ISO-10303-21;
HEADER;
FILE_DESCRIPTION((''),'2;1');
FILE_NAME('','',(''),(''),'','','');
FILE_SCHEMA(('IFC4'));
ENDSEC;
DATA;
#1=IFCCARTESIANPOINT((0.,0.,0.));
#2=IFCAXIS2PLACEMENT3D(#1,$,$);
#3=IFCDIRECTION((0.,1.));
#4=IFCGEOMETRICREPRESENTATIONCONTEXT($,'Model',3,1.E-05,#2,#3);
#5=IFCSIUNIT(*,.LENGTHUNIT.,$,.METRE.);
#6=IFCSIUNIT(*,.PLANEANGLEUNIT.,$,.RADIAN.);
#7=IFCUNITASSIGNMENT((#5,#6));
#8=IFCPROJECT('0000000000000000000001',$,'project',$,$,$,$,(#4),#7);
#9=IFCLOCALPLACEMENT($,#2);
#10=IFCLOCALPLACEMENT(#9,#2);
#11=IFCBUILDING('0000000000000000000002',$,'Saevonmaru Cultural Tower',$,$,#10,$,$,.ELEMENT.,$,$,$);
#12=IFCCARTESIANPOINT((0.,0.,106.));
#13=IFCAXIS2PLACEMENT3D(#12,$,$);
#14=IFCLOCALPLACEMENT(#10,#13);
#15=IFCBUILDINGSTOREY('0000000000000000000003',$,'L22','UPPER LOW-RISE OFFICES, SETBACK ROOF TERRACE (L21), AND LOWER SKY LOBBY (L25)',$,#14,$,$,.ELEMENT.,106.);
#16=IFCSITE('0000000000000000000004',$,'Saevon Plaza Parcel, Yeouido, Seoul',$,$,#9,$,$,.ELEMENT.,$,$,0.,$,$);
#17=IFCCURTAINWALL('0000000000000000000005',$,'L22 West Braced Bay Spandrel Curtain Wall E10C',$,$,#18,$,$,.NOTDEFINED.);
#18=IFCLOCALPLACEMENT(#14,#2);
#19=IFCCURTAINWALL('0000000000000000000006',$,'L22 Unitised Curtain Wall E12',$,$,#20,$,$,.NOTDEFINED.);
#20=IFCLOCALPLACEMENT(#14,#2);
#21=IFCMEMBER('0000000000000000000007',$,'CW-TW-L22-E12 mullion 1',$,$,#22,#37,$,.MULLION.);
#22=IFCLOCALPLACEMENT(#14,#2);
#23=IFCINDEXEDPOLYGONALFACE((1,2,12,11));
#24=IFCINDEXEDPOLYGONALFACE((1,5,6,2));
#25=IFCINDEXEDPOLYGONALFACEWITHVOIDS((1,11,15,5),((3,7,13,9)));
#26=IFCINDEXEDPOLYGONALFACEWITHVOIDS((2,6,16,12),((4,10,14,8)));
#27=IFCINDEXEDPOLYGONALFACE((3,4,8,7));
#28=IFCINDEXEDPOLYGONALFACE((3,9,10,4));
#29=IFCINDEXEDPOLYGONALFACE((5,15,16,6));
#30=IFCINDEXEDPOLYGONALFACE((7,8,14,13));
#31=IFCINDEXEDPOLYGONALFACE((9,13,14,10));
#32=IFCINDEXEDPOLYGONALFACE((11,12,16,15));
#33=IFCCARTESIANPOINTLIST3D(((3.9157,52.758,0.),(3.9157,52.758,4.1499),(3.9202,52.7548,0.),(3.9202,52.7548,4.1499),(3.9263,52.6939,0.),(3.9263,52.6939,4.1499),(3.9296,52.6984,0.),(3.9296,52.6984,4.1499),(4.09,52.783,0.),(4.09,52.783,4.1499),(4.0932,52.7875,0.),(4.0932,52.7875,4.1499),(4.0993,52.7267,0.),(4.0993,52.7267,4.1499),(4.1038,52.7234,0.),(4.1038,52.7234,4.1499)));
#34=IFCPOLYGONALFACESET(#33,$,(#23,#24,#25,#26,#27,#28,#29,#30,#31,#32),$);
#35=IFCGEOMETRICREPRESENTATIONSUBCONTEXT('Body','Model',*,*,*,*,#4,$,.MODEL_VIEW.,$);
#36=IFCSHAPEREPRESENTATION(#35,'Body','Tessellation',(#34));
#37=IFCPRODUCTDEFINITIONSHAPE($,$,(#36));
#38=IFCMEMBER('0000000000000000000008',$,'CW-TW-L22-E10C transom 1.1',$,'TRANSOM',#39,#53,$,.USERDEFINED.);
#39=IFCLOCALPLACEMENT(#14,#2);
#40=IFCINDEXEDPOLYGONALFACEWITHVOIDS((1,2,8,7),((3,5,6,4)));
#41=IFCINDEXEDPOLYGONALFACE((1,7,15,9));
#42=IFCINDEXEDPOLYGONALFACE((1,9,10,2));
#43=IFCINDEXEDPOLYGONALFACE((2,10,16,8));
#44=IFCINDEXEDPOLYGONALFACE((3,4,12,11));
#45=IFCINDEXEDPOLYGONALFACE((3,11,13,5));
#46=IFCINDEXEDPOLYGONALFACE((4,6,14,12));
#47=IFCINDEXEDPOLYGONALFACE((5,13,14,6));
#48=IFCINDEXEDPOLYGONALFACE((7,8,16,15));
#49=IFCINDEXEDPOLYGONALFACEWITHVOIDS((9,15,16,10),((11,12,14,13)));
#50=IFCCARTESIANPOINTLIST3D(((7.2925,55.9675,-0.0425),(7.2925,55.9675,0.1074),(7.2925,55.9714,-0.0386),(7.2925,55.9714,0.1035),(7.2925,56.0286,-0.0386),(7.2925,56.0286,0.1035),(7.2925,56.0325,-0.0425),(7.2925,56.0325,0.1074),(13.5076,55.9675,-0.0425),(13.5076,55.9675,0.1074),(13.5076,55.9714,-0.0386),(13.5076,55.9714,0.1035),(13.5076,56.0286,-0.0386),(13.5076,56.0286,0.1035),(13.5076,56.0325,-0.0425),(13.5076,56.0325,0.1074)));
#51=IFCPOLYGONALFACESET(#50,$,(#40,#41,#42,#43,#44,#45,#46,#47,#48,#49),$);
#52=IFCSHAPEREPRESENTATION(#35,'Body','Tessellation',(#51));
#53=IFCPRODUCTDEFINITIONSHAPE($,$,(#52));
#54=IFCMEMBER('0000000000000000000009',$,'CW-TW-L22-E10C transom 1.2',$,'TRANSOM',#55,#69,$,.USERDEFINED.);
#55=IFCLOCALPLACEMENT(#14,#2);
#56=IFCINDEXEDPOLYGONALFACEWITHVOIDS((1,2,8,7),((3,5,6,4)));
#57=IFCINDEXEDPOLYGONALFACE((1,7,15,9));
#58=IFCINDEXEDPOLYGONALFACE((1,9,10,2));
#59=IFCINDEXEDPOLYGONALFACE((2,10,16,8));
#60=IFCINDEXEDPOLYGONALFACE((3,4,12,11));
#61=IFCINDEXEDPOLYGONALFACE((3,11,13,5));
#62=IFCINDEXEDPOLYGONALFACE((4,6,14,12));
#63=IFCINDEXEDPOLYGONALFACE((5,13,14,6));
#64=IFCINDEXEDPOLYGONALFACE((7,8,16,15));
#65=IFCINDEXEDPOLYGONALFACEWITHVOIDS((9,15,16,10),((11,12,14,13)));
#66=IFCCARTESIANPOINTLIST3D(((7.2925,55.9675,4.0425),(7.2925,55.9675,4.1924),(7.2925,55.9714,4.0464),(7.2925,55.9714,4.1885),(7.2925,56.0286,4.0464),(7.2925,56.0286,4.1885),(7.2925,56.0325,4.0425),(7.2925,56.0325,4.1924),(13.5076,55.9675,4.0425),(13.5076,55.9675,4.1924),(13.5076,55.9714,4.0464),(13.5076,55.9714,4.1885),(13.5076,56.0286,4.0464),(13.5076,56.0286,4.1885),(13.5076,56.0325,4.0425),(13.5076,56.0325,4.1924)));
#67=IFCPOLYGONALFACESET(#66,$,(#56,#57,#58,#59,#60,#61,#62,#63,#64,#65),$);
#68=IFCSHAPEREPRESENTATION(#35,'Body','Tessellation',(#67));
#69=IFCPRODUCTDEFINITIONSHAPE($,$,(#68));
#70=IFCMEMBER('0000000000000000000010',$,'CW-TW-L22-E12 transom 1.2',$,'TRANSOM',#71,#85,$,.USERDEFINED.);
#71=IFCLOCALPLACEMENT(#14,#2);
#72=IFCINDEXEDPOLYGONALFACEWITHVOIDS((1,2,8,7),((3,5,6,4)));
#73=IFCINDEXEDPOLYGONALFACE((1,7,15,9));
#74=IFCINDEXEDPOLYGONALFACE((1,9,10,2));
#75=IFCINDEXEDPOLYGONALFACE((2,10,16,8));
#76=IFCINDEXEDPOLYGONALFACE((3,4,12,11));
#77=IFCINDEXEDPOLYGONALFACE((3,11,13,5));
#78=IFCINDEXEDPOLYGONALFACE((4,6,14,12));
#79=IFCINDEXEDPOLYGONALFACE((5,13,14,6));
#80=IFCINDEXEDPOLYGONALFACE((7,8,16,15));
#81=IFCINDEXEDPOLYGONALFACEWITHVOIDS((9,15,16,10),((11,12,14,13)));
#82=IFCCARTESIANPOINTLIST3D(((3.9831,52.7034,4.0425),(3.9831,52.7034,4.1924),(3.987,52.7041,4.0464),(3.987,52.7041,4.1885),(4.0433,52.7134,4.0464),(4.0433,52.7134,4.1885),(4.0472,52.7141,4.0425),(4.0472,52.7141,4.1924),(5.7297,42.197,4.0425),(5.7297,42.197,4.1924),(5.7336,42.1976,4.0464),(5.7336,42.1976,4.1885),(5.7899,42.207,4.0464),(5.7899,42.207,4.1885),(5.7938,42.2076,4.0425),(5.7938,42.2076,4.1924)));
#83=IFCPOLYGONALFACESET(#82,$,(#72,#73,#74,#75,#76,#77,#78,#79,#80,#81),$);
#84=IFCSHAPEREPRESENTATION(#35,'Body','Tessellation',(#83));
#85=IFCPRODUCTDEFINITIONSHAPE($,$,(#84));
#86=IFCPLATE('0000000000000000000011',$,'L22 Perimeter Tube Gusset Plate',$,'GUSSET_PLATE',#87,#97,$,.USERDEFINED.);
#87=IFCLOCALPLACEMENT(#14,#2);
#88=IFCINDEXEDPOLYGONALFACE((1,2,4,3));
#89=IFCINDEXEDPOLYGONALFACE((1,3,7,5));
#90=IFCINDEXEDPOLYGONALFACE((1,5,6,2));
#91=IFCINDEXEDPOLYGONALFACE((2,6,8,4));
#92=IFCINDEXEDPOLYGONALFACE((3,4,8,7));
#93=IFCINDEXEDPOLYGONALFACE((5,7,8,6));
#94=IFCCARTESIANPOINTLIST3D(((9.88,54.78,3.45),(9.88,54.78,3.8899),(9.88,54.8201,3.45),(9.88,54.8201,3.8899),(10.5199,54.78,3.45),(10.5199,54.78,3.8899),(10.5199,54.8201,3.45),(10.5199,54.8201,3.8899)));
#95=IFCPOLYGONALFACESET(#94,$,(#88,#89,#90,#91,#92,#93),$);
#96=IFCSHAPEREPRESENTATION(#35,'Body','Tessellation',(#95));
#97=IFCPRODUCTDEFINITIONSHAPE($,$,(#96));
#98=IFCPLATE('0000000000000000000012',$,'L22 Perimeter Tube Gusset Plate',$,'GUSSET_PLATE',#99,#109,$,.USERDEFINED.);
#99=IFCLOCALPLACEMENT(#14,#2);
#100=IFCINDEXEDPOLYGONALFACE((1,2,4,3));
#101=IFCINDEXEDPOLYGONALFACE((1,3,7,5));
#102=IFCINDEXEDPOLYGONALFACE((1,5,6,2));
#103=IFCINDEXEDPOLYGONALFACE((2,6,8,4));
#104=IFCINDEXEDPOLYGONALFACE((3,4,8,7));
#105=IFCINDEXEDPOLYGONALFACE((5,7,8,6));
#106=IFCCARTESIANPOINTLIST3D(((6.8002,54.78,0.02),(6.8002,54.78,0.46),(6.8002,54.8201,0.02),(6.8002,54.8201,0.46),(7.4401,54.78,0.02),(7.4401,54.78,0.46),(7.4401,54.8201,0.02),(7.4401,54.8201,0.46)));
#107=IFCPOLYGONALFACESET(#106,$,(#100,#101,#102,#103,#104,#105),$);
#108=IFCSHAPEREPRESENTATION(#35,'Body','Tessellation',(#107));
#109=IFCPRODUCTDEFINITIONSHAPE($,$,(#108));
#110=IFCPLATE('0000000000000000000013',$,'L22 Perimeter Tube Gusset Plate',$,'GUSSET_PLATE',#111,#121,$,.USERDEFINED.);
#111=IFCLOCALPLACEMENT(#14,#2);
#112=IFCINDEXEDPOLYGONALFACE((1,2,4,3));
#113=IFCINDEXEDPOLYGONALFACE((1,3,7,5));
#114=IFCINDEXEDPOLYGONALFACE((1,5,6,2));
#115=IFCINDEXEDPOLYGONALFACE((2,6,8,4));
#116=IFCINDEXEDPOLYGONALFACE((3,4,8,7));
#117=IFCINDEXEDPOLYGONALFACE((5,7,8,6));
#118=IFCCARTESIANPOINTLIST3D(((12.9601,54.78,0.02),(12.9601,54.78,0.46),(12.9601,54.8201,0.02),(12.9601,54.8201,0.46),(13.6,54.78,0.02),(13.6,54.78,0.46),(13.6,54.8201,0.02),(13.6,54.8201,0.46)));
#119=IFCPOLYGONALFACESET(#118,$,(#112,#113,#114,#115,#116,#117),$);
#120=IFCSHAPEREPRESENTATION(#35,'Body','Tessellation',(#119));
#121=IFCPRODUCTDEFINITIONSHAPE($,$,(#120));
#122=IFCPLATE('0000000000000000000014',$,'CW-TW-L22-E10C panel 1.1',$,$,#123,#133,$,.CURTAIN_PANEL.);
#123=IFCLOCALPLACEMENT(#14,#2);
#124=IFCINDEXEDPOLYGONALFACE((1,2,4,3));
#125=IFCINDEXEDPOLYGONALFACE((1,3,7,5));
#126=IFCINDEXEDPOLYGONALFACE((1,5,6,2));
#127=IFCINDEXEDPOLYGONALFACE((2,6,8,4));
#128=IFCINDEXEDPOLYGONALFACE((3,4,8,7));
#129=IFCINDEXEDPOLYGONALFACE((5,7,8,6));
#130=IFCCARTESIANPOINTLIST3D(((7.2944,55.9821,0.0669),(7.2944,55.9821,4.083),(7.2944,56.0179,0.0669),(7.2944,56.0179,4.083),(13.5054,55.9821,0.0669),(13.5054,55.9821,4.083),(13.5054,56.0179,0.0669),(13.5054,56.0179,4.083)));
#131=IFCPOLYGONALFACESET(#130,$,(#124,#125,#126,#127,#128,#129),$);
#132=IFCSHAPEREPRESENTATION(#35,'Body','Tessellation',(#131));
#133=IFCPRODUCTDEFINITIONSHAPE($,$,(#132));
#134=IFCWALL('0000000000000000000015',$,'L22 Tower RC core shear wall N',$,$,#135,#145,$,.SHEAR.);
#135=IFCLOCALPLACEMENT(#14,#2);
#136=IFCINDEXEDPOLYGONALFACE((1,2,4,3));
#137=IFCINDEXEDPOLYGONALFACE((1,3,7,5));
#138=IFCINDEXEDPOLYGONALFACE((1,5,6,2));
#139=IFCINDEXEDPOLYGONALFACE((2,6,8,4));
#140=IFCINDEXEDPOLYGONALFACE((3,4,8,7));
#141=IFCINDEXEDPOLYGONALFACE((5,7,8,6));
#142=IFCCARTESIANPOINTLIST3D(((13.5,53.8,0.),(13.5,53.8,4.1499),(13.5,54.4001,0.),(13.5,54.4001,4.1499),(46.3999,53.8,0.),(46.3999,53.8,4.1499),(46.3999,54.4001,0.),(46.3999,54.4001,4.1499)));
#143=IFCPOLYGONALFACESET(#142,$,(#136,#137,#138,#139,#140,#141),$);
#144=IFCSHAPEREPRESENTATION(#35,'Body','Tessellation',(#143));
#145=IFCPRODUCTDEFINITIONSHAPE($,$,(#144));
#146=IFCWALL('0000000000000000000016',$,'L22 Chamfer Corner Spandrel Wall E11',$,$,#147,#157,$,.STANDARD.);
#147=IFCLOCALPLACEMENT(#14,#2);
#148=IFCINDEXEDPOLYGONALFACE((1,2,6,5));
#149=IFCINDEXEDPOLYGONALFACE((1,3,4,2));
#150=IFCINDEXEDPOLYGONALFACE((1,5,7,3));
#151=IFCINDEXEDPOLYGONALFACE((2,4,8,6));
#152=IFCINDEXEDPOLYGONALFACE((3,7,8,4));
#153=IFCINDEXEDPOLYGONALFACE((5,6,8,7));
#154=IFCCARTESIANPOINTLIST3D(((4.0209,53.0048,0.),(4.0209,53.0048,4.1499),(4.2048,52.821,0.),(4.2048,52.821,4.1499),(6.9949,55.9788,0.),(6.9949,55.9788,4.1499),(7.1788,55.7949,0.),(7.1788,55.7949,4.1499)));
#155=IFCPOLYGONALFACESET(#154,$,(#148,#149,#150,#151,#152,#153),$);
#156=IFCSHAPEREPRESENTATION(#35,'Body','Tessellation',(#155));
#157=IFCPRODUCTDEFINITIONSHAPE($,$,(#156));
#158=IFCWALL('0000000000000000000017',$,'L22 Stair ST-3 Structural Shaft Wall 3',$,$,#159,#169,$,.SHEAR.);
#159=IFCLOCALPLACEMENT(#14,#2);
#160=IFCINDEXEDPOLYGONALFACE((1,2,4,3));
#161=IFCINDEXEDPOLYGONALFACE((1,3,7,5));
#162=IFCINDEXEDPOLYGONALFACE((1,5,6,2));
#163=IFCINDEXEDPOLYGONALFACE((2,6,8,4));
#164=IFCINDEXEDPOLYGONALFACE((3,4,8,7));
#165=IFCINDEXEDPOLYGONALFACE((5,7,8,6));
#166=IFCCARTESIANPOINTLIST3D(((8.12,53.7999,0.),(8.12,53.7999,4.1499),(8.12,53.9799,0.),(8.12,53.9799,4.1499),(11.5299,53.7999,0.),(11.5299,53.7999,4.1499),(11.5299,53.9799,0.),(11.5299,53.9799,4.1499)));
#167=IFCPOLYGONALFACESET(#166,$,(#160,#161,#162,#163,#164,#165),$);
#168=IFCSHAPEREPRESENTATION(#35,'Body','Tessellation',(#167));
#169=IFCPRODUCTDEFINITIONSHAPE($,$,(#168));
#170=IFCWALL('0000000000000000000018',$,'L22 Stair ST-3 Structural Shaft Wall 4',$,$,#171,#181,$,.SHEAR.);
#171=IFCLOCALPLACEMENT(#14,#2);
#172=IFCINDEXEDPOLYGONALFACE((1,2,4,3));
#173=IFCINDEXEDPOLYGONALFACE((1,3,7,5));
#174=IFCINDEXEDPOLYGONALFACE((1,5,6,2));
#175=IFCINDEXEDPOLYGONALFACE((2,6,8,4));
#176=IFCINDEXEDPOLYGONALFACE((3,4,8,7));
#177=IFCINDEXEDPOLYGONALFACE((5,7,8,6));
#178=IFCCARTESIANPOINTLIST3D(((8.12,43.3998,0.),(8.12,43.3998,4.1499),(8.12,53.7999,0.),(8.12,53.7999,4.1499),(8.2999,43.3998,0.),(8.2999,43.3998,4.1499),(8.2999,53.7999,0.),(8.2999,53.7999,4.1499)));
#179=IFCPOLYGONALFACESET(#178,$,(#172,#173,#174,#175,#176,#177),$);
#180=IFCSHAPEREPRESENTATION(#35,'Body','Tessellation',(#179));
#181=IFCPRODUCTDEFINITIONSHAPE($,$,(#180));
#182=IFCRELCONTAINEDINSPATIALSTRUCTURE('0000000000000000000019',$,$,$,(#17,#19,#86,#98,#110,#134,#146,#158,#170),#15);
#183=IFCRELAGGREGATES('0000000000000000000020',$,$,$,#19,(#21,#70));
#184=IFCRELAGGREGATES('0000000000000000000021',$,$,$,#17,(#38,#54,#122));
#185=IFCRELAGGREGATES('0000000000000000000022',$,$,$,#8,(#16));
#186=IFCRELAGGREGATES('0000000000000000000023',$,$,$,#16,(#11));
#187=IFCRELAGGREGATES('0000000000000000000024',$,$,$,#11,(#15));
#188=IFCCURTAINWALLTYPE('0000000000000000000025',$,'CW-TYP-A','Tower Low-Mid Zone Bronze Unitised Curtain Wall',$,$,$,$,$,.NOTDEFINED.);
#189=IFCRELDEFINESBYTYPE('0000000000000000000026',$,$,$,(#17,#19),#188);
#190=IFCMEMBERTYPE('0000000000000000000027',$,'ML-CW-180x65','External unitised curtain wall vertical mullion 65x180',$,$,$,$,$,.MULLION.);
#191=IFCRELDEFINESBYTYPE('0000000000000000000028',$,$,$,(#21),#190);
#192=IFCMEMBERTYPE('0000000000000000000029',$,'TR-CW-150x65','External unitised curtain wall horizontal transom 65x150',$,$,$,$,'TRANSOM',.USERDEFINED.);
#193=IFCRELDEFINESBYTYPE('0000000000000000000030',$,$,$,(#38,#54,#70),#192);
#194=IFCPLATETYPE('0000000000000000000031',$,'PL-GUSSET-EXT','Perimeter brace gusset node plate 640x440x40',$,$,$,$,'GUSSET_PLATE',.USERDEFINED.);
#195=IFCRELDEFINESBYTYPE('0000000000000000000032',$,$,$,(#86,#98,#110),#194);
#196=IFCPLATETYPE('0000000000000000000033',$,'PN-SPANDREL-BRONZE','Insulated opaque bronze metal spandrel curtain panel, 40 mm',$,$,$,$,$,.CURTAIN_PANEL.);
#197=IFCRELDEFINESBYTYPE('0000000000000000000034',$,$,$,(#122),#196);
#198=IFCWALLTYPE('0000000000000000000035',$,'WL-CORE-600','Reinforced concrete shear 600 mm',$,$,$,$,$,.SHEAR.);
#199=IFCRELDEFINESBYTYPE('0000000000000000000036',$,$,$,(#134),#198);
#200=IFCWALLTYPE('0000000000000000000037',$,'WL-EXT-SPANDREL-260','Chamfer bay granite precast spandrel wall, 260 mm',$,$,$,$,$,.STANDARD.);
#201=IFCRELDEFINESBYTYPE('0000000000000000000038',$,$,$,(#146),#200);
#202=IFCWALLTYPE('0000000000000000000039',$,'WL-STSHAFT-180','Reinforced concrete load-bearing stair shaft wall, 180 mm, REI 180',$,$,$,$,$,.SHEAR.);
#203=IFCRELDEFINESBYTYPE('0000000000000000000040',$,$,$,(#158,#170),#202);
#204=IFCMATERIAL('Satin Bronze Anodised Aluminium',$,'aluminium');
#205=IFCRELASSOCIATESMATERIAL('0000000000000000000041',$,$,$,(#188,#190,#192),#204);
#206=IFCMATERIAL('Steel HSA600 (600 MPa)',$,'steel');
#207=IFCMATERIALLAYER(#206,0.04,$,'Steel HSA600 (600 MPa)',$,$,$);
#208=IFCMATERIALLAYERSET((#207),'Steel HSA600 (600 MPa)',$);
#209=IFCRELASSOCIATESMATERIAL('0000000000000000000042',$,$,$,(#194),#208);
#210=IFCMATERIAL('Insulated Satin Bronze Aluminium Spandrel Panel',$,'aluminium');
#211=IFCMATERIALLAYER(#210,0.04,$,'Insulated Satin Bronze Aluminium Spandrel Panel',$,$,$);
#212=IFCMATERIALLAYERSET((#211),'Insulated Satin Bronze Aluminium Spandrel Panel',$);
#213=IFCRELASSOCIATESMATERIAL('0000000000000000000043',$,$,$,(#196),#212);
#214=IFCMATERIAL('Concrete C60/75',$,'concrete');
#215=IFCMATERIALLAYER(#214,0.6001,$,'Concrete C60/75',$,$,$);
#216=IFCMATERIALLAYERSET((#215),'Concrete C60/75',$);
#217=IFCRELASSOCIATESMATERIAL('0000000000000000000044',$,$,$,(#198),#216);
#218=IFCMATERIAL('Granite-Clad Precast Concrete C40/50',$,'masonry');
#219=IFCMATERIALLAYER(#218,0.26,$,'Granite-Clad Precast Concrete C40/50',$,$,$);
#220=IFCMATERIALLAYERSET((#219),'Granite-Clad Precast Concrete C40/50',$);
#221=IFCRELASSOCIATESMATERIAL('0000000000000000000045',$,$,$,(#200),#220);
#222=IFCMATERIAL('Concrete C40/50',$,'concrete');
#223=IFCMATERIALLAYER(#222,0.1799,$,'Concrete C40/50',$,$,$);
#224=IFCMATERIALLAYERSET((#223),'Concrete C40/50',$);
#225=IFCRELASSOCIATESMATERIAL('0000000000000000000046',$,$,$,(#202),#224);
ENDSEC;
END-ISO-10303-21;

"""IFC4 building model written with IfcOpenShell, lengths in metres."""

from ifc_helpers import new_model, si_unit, direction, frame, frame_2d, origin, origin_2d, place, context, subcontext, project, spatial, rectangle, hollow_rectangle, extrude, material, layer, layer_set, material_profile, profile_set, type_object, element, aggregate, save


model = new_model("IFC4")

# Units and contexts
model_context = context("Model", 3, precision=1e-05, world=origin(), true_north=direction((0.0, 1.0)))
body_context = subcontext(model_context, "Body", "Model", "MODEL_VIEW")
ifc_project = project(units=[si_unit("LENGTHUNIT", "METRE"), si_unit("PLANEANGLEUNIT", "RADIAN")], contexts=[model_context])

# Site, building, storey
site_placement = place(None, origin())
site = spatial("IfcSite", under=ifc_project, at=site_placement, Name="Saevon Plaza Parcel, Yeouido, Seoul", CompositionType="ELEMENT", RefElevation=0.0)
building_placement = place(site_placement, origin())
building = spatial("IfcBuilding", under=site, at=building_placement, Name="Saevonmaru Cultural Tower", CompositionType="ELEMENT")
storey_placement = place(building_placement, frame((0.0, 0.0, 106.0)))
storey = spatial("IfcBuildingStorey", under=building, at=storey_placement, Name="L22", Description="UPPER LOW-RISE OFFICES, SETBACK ROOF TERRACE (L21), AND LOWER SKY LOBBY (L25)", CompositionType="ELEMENT", Elevation=106.0)

# Shared definitions
ifc_material_1 = material(Name="Steel HSA600 (600 MPa)", Category="steel")

# Shared definitions
ifc_material_2 = material(Name="Satin Bronze Anodised Aluminium", Category="aluminium")
curtain_wall_type = type_object("IfcCurtainWallType", Name="CW-TYP-A", Description="Tower Low-Mid Zone Bronze Unitised Curtain Wall", PredefinedType="NOTDEFINED", material=ifc_material_2)
ifc_material_profile_1 = material_profile(ifc_material_2, hollow_rectangle(XDim=0.0649, YDim=0.1799, WallThickness=0.0039, at=origin_2d()), Name="ALU-MULL-180x65x4")
ifc_profile_set_1 = profile_set([ifc_material_profile_1], Name="Satin Bronze Anodised Aluminium")
member_type_1 = type_object("IfcMemberType", Name="ML-CW-180x65", Description="External unitised curtain wall vertical mullion 65x180", PredefinedType="MULLION", material=ifc_profile_set_1)

# Curtain wall
curtain_wall_1_placement = place(storey_placement, origin())
curtain_wall_1 = element("IfcCurtainWall", 1, at=curtain_wall_1_placement, inside=storey, type_object=curtain_wall_type, Name="L22 West Braced Bay Spandrel Curtain Wall E10C", PredefinedType="NOTDEFINED")

# Curtain wall, member
curtain_wall_2_placement = place(storey_placement, origin())
curtain_wall_2 = element("IfcCurtainWall", 2, at=curtain_wall_2_placement, inside=storey, type_object=curtain_wall_type, Name="L22 Unitised Curtain Wall E12", PredefinedType="NOTDEFINED")
member_1_placement = place(storey_placement, frame((4.0098, 52.7407, 0.0), z_axis=(0.0, 0.0, 1.0), x_axis=(0.163999, -0.986461, 0.0)))
member_1 = element("IfcMember", 3, at=member_1_placement, type_object=member_type_1, Name="CW-TW-L22-E12 mullion 1", PredefinedType="MULLION", context=body_context, shape_type="SweptSolid", body=[
    extrude(hollow_rectangle(XDim=0.0649, YDim=0.1799, WallThickness=0.0039, at=origin_2d()), origin(), (0.0, 0.0, 1.0), 4.1499),
])

# Members
ifc_material_profile_2 = material_profile(ifc_material_2, hollow_rectangle(XDim=0.0649, YDim=0.1499, WallThickness=0.0039, at=origin_2d()), Name="ALU-TRAN-150x65x4")
ifc_profile_set_2 = profile_set([ifc_material_profile_2], Name="Satin Bronze Anodised Aluminium")
member_type_2 = type_object("IfcMemberType", Name="TR-CW-150x65", Description="External unitised curtain wall horizontal transom 65x150", ElementType="TRANSOM", PredefinedType="USERDEFINED", material=ifc_profile_set_2)
member_2_placement = place(storey_placement, frame((13.5076, 56.0, 0.0325), z_axis=(-1.0, 0.0, 0.0), x_axis=(0.0, -1.0, 0.0)))
member_2 = element("IfcMember", 4, at=member_2_placement, type_object=member_type_2, Name="CW-TW-L22-E10C transom 1.1", ObjectType="TRANSOM", PredefinedType="USERDEFINED", context=body_context, shape_type="SweptSolid", body=[
    extrude(hollow_rectangle(XDim=0.0649, YDim=0.1499, WallThickness=0.0039, at=origin_2d()), origin(), (0.0, 0.0, 1.0), 6.2151),
])
member_3_placement = place(storey_placement, frame((13.5076, 56.0, 4.1174), z_axis=(-1.0, 0.0, 0.0), x_axis=(0.0, -1.0, 0.0)))
member_3 = element("IfcMember", 5, at=member_3_placement, type_object=member_type_2, Name="CW-TW-L22-E10C transom 1.2", ObjectType="TRANSOM", PredefinedType="USERDEFINED", context=body_context, shape_type="SweptSolid", body=[
    extrude(hollow_rectangle(XDim=0.0649, YDim=0.1499, WallThickness=0.0039, at=origin_2d()), origin(), (0.0, 0.0, 1.0), 6.2151),
])
member_4_placement = place(storey_placement, frame((4.0151, 52.7087, 4.1174), z_axis=(0.16399, -0.986462, 0.0), x_axis=(0.986462, 0.16399, 0.0)))
member_4 = element("IfcMember", 6, at=member_4_placement, type_object=member_type_2, Name="CW-TW-L22-E12 transom 1.2", ObjectType="TRANSOM", PredefinedType="USERDEFINED", context=body_context, shape_type="SweptSolid", body=[
    extrude(hollow_rectangle(XDim=0.0649, YDim=0.1499, WallThickness=0.0039, at=origin_2d()), origin(), (0.0, 0.0, 1.0), 10.6506),
])
aggregate(curtain_wall_2, [member_1, member_4])

# Plates
ifc_layer_1 = layer(ifc_material_1, 0.04, Name="Steel HSA600 (600 MPa)")
ifc_layer_set_1 = layer_set([ifc_layer_1], Name="Steel HSA600 (600 MPa)")
plate_type_1 = type_object("IfcPlateType", Name="PL-GUSSET-EXT", Description="Perimeter brace gusset node plate 640x440x40", ElementType="GUSSET_PLATE", PredefinedType="USERDEFINED", material=ifc_layer_set_1)
for number, where, z_axis, x_axis, name in (
    (7, (10.2, 54.8, 3.45), (0.0, 0.0, 1.0), (1.0, 0.0, 0.0), "L22 Perimeter Tube Gusset Plate"),
    (8, (7.1201, 54.8, 0.02), (0.0, 0.0, 1.0), (1.0, 0.0, 0.0), "L22 Perimeter Tube Gusset Plate"),
    (9, (13.28, 54.8, 0.02), (0.0, 0.0, 1.0), (1.0, 0.0, 0.0), "L22 Perimeter Tube Gusset Plate"),
):
    element("IfcPlate", number, at=place(storey_placement, frame(where, z_axis=z_axis, x_axis=x_axis)), inside=storey, type_object=plate_type_1, Name=name, ObjectType="GUSSET_PLATE", PredefinedType="USERDEFINED", context=body_context, shape_type="SweptSolid", body=[
        extrude(rectangle(XDim=0.6399, YDim=0.04, at=origin_2d()), origin(), (0.0, 0.0, 1.0), 0.4399),
    ])

# Plate
ifc_material_3 = material(Name="Insulated Satin Bronze Aluminium Spandrel Panel", Category="aluminium")
ifc_layer_2 = layer(ifc_material_3, 0.04, Name="Insulated Satin Bronze Aluminium Spandrel Panel")
ifc_layer_set_2 = layer_set([ifc_layer_2], Name="Insulated Satin Bronze Aluminium Spandrel Panel")
plate_type_2 = type_object("IfcPlateType", Name="PN-SPANDREL-BRONZE", Description="Insulated opaque bronze metal spandrel curtain panel, 40 mm", PredefinedType="CURTAIN_PANEL", material=ifc_layer_set_2)
plate_placement = place(storey_placement, frame((10.3999, 56.0, 0.0669), z_axis=(0.0, 0.0, 1.0), x_axis=(-1.0, 0.0, 0.0)))
plate = element("IfcPlate", 10, at=plate_placement, type_object=plate_type_2, Name="CW-TW-L22-E10C panel 1.1", PredefinedType="CURTAIN_PANEL", context=body_context, shape_type="SweptSolid", body=[
    extrude(rectangle(XDim=6.2109, YDim=0.0359, at=origin_2d()), origin(), (0.0, 0.0, 1.0), 4.0161),
])
aggregate(curtain_wall_1, [member_2, member_3, plate])

# Walls
ifc_material_4 = material(Name="Concrete C60/75", Category="concrete")
ifc_layer_3 = layer(ifc_material_4, 0.6001, Name="Concrete C60/75")
ifc_layer_set_3 = layer_set([ifc_layer_3], Name="Concrete C60/75")
wall_type_1 = type_object("IfcWallType", Name="WL-CORE-600", Description="Reinforced concrete shear 600 mm", PredefinedType="SHEAR", material=ifc_layer_set_3)
wall_1_placement = place(storey_placement, frame((13.5, 54.1001, 0.0), z_axis=(0.0, 0.0, 1.0), x_axis=(1.0, 0.0, 0.0)))
element("IfcWall", 11, at=wall_1_placement, inside=storey, type_object=wall_type_1, Name="L22 Tower RC core shear wall N", PredefinedType="SHEAR", context=body_context, shape_type="SweptSolid", body=[
    extrude(rectangle(XDim=32.8999, YDim=0.6001, at=frame_2d((16.45, 0.0))), origin(), (0.0, 0.0, 1.0), 4.1499),
])
ifc_material_5 = material(Name="Granite-Clad Precast Concrete C40/50", Category="masonry")
ifc_layer_4 = layer(ifc_material_5, 0.26, Name="Granite-Clad Precast Concrete C40/50")
ifc_layer_set_4 = layer_set([ifc_layer_4], Name="Granite-Clad Precast Concrete C40/50")
wall_type_2 = type_object("IfcWallType", Name="WL-EXT-SPANDREL-260", Description="Chamfer bay granite precast spandrel wall, 260 mm", PredefinedType="STANDARD", material=ifc_layer_set_4)
wall_2_placement = place(storey_placement, frame((7.0869, 55.887, 0.0), z_axis=(0.0, 0.0, 1.0), x_axis=(-0.707107, -0.707107, 0.0)))
element("IfcWall", 12, at=wall_2_placement, inside=storey, type_object=wall_type_2, Name="L22 Chamfer Corner Spandrel Wall E11", PredefinedType="STANDARD", context=body_context, shape_type="SweptSolid", body=[
    extrude(rectangle(XDim=4.2058, YDim=0.26, at=frame_2d((2.103, 0.0))), origin(), (0.0, 0.0, 1.0), 4.1499),
])
ifc_material_6 = material(Name="Concrete C40/50", Category="concrete")
ifc_layer_5 = layer(ifc_material_6, 0.1799, Name="Concrete C40/50")
ifc_layer_set_5 = layer_set([ifc_layer_5], Name="Concrete C40/50")
wall_type_3 = type_object("IfcWallType", Name="WL-STSHAFT-180", Description="Reinforced concrete load-bearing stair shaft wall, 180 mm, REI 180", PredefinedType="SHEAR", material=ifc_layer_set_5)
wall_3_placement = place(storey_placement, frame((11.53, 53.8899, 0.0), z_axis=(0.0, 0.0, 1.0), x_axis=(-1.0, 0.0, 0.0)))
element("IfcWall", 13, at=wall_3_placement, inside=storey, type_object=wall_type_3, Name="L22 Stair ST-3 Structural Shaft Wall 3", PredefinedType="SHEAR", context=body_context, shape_type="SweptSolid", body=[
    extrude(rectangle(XDim=3.4099, YDim=0.1799, at=frame_2d((1.7051, 0.0))), origin(), (0.0, 0.0, 1.0), 4.1499),
])
wall_4_placement = place(storey_placement, frame((8.21, 53.8, 0.0), z_axis=(0.0, 0.0, 1.0), x_axis=(0.0, -1.0, 0.0)))
element("IfcWall", 14, at=wall_4_placement, inside=storey, type_object=wall_type_3, Name="L22 Stair ST-3 Structural Shaft Wall 4", PredefinedType="SHEAR", context=body_context, shape_type="SweptSolid", body=[
    extrude(rectangle(XDim=10.4001, YDim=0.1799, at=frame_2d((5.2002, 0.0))), origin(), (0.0, 0.0, 1.0), 4.1499),
])

save(model, "model.ifc")
